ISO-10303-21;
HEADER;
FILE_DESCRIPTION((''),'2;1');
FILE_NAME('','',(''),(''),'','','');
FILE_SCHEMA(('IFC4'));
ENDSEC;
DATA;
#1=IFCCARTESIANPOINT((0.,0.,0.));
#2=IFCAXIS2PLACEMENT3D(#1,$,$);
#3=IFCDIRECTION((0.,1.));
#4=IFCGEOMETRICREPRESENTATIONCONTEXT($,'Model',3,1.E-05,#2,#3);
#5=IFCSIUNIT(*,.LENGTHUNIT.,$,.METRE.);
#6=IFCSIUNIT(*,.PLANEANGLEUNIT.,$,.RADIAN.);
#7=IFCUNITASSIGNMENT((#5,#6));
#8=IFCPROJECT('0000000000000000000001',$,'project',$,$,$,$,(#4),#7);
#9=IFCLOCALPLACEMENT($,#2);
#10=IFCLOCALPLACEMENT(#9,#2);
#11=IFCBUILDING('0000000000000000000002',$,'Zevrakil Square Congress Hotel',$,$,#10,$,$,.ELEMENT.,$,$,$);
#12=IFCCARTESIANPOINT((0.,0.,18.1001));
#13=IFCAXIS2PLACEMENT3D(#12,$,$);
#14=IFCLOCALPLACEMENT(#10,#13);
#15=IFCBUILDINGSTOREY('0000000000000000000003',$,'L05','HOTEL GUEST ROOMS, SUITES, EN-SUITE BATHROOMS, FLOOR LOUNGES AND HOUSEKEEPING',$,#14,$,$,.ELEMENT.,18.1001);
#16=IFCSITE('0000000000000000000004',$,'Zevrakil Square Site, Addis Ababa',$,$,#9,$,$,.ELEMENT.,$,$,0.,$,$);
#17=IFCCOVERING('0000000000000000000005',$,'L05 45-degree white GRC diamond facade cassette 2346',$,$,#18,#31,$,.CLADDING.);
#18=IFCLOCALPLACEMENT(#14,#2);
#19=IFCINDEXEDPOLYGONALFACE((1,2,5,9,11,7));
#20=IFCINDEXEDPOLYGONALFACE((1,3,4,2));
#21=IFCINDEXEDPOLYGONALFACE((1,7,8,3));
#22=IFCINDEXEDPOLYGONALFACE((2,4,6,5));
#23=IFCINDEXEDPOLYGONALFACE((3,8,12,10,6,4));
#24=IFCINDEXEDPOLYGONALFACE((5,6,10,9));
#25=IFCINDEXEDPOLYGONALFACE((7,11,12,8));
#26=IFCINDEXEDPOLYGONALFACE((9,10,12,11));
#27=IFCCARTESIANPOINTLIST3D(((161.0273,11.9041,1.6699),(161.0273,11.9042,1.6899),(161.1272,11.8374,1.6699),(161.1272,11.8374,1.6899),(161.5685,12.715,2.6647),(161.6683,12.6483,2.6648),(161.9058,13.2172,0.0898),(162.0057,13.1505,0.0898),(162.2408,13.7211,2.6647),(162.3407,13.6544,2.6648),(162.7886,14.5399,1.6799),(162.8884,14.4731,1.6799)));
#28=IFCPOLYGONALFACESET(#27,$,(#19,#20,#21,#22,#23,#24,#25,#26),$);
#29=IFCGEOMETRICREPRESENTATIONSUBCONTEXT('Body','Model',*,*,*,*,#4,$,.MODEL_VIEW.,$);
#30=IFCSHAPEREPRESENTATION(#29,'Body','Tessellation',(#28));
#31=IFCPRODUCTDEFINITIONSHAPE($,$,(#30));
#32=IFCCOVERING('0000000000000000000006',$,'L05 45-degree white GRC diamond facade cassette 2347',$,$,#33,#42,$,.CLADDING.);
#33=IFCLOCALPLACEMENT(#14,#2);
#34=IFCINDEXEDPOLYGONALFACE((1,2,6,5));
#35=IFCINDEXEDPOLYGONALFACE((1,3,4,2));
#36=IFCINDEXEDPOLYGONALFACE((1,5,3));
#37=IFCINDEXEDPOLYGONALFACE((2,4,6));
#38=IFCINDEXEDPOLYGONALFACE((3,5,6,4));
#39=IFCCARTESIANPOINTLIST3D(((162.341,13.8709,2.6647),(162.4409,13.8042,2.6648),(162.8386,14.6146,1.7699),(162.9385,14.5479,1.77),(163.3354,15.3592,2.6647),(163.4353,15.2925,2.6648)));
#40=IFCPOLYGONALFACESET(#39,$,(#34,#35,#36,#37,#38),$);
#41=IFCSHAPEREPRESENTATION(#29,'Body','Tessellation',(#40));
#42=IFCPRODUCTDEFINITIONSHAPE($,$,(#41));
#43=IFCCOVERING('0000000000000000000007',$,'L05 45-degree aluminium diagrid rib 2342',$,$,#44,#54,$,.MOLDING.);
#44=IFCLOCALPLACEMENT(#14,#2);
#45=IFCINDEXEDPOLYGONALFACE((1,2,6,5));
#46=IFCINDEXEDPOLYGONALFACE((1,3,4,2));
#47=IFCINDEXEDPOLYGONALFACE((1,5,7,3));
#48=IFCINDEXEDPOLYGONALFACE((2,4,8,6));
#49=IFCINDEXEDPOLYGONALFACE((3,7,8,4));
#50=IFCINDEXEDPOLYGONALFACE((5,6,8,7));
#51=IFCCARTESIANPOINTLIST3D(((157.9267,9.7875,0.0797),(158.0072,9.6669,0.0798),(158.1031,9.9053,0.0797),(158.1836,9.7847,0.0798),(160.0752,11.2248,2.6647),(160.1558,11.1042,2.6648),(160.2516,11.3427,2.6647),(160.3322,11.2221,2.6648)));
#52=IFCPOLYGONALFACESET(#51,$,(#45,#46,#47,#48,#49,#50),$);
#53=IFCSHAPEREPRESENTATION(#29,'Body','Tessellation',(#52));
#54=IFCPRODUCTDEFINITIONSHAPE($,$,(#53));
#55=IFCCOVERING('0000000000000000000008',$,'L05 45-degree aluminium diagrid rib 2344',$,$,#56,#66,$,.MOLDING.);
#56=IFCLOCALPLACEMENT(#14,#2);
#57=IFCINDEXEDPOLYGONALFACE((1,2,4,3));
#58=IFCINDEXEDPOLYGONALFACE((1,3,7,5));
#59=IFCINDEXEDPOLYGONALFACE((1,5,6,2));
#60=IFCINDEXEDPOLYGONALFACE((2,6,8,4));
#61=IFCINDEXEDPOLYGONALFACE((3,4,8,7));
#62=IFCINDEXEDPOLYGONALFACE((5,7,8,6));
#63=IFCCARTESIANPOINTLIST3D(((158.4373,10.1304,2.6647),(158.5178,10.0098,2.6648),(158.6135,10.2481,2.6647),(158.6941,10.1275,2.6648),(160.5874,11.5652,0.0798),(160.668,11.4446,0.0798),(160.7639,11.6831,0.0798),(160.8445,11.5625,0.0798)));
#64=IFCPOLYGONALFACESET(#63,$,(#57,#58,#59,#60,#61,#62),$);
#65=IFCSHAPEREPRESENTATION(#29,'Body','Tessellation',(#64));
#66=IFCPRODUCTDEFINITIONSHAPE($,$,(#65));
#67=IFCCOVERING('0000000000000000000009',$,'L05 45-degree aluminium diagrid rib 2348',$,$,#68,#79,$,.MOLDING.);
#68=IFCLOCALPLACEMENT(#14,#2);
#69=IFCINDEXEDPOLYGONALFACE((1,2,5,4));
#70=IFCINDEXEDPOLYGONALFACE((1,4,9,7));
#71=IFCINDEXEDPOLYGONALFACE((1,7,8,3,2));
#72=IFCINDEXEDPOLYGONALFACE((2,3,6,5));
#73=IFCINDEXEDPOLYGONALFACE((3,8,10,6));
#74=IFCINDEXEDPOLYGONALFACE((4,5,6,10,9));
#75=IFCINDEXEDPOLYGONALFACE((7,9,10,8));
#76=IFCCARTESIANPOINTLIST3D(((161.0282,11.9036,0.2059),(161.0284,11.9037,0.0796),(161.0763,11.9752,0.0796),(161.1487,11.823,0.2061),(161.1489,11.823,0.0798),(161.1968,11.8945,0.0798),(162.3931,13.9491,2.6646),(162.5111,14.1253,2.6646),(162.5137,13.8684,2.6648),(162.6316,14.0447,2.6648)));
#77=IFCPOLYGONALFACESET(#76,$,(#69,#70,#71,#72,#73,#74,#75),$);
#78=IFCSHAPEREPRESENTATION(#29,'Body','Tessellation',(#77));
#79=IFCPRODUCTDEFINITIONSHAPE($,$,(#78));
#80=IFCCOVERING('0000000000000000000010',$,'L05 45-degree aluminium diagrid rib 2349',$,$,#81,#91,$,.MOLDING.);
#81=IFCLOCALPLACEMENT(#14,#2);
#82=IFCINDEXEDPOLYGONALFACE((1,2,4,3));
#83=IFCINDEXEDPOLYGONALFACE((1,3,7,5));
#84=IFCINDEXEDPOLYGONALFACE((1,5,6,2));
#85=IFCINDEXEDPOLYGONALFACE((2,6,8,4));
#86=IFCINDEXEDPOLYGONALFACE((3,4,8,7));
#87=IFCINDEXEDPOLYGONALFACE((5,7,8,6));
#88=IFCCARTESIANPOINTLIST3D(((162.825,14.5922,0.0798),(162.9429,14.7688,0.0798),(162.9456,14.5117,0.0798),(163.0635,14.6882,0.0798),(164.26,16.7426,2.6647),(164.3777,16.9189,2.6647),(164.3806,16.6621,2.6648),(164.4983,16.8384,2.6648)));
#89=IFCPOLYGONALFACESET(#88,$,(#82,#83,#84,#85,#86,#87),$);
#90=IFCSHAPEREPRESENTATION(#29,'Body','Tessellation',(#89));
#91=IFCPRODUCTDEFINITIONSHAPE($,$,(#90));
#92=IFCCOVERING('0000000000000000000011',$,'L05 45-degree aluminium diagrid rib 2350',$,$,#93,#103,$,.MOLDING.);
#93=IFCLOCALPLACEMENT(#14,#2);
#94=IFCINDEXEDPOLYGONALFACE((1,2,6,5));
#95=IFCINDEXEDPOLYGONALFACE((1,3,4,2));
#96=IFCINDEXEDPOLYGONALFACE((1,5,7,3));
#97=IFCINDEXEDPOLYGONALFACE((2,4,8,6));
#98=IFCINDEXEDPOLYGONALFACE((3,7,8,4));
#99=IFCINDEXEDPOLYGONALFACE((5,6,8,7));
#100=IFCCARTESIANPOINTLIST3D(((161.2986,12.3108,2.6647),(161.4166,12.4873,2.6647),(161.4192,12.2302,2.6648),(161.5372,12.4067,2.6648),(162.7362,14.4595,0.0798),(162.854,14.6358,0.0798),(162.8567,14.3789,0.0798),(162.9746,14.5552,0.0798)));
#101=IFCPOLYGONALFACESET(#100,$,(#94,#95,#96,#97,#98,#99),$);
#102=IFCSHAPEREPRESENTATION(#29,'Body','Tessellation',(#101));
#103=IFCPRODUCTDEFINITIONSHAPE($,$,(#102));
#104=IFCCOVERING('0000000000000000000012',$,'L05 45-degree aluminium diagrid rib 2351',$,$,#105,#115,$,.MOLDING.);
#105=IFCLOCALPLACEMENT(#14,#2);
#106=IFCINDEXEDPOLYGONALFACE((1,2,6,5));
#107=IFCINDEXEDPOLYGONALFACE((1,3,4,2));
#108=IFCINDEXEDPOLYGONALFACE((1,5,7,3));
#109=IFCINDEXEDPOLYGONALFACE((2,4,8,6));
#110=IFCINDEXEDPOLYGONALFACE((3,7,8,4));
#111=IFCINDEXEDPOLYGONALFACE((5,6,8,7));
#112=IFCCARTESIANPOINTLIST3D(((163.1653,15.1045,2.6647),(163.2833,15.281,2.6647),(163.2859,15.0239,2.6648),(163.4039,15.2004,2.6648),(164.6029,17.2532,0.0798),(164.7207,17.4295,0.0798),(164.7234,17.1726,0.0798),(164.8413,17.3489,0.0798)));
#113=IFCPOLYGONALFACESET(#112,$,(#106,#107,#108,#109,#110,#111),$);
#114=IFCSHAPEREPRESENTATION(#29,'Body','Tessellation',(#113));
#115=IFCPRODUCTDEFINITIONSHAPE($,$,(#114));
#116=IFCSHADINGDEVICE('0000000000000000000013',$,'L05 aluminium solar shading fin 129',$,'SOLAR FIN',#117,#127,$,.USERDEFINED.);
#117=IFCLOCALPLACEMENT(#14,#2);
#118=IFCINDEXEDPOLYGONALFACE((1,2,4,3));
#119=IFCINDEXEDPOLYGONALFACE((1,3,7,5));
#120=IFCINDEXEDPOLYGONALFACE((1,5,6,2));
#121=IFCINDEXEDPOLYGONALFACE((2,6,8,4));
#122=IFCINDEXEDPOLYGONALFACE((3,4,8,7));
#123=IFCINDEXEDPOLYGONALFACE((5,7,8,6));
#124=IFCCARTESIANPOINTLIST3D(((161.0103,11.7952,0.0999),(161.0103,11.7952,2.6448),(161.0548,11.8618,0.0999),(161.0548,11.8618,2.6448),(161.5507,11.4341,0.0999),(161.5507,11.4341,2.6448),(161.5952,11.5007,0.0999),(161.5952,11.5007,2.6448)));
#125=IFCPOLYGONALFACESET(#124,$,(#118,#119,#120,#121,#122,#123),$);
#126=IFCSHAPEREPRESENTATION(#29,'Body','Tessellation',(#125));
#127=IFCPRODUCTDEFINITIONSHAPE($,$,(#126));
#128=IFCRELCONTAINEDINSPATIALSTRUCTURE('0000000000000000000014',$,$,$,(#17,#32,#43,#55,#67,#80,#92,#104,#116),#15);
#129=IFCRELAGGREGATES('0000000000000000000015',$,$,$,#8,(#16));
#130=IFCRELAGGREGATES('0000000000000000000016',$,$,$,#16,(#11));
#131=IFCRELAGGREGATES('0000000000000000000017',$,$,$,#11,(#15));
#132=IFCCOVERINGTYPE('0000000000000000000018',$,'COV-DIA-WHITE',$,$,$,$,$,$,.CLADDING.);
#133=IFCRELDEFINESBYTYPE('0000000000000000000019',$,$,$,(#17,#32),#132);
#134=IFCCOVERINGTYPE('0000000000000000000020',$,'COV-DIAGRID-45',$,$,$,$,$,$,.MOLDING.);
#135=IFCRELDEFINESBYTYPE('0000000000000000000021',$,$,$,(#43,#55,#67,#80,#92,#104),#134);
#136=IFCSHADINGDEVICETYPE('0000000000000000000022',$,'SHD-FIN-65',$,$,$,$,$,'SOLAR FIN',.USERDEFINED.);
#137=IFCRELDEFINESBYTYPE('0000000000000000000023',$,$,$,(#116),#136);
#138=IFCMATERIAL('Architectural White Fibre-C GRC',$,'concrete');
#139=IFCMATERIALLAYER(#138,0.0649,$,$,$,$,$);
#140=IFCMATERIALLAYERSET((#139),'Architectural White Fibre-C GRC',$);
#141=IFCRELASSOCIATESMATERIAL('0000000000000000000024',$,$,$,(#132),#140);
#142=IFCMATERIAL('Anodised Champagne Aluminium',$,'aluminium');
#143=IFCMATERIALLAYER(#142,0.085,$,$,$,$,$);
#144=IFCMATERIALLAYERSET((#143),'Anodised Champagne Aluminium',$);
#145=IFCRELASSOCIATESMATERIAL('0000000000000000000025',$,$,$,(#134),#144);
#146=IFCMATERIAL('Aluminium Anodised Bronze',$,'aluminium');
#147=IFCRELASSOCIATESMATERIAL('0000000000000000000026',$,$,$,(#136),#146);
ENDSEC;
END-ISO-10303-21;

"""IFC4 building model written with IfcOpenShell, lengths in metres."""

from ifc_helpers import new_model, si_unit, direction, frame, origin, origin_2d, place, context, subcontext, project, spatial, polyline, rectangle, outline, extrude, material, layer, layer_set, type_object, element, save


model = new_model("IFC4")

# Units and contexts
model_context = context("Model", 3, precision=1e-05, world=origin(), true_north=direction((0.0, 1.0)))
body_context = subcontext(model_context, "Body", "Model", "MODEL_VIEW")
ifc_project = project(units=[si_unit("LENGTHUNIT", "METRE"), si_unit("PLANEANGLEUNIT", "RADIAN")], contexts=[model_context])

# Site, building, storey
site_placement = place(None, origin())
site = spatial("IfcSite", under=ifc_project, at=site_placement, Name="Zevrakil Square Site, Addis Ababa", CompositionType="ELEMENT", RefElevation=0.0)
building_placement = place(site_placement, origin())
building = spatial("IfcBuilding", under=site, at=building_placement, Name="Zevrakil Square Congress Hotel", CompositionType="ELEMENT")
storey_placement = place(building_placement, frame((0.0, 0.0, 18.1001)))
storey = spatial("IfcBuildingStorey", under=building, at=storey_placement, Name="L05", Description="HOTEL GUEST ROOMS, SUITES, EN-SUITE BATHROOMS, FLOOR LOUNGES AND HOUSEKEEPING", CompositionType="ELEMENT", Elevation=18.1001)

# Coverings
ifc_material_1 = material(Name="Architectural White Fibre-C GRC", Category="concrete")
ifc_layer_1 = layer(ifc_material_1, 0.0649)
ifc_layer_set_1 = layer_set([ifc_layer_1], Name="Architectural White Fibre-C GRC")
covering_type_1 = type_object("IfcCoveringType", Name="COV-DIA-WHITE", PredefinedType="CLADDING", material=ifc_layer_set_1)
covering_1_placement = place(storey_placement, frame((162.8884, 14.4731, 1.6799), z_axis=(0.831453, -0.555594, 0.000555), x_axis=(-0.392547, -0.588157, -0.707091)))
element("IfcCovering", 1, at=covering_1_placement, inside=storey, type_object=covering_type_1, Name="L05 45-degree white GRC diamond facade cassette 2346", PredefinedType="CLADDING", context=body_context, shape_type="SweptSolid", body=[
    extrude(outline(polyline([(0.0, 0.0), (2.2488, 0.0), (2.2487, -2.2344), (2.2345, -2.2486), (0.8559, -2.2486), (0.0002, -1.393), (0.0, 0.0)])), origin(), (0.0, 0.0, -1.0), 0.1201),
])
covering_2_placement = place(storey_placement, frame((162.9385, 14.5479, 1.77), z_axis=(0.831483, -0.55555, 0.000643), x_axis=(-0.393206, -0.587687, 0.707116)))
element("IfcCovering", 2, at=covering_2_placement, inside=storey, type_object=covering_type_1, Name="L05 45-degree white GRC diamond facade cassette 2347", PredefinedType="CLADDING", context=body_context, shape_type="SweptSolid", body=[
    extrude(outline(polyline([(0.0, 0.0), (1.2654, 0.0), (-0.0003, -1.2657), (0.0, 0.0)])), origin(), (0.0, 0.0, -1.0), 0.1201),
])
ifc_material_2 = material(Name="Anodised Champagne Aluminium", Category="aluminium")
ifc_layer_2 = layer(ifc_material_2, 0.085)
ifc_layer_set_2 = layer_set([ifc_layer_2], Name="Anodised Champagne Aluminium")
covering_type_2 = type_object("IfcCoveringType", Name="COV-DIAGRID-45", PredefinedType="MOLDING", material=ifc_layer_set_2)
covering_3_placement = place(storey_placement, frame((158.1836, 9.7847, 0.0798), z_axis=(0.555364, -0.831607, 0.000813), x_axis=(-0.831607, -0.555364, -0.000001)))
element("IfcCovering", 3, at=covering_3_placement, inside=storey, type_object=covering_type_2, Name="L05 45-degree aluminium diagrid rib 2342", PredefinedType="MOLDING", context=body_context, shape_type="SweptSolid", body=[
    extrude(outline(polyline([(0.0, 0.0), (0.2121, 0.0), (-2.3729, -2.585), (-2.5851, -2.585), (0.0, 0.0)])), origin(), (0.0, 0.0, -1.0), 0.145),
])
covering_4_placement = place(storey_placement, frame((158.5178, 10.0098, 2.6648), z_axis=(0.555364, -0.831607, 0.00034), x_axis=(0.831607, 0.555364, 0.0)))
element("IfcCovering", 4, at=covering_4_placement, inside=storey, type_object=covering_type_2, Name="L05 45-degree aluminium diagrid rib 2344", PredefinedType="MOLDING", context=body_context, shape_type="SweptSolid", body=[
    extrude(outline(polyline([(0.0, 0.0), (0.2119, 0.0), (2.7972, -2.585), (2.5849, -2.585), (0.0, 0.0)])), origin(), (0.0, 0.0, -1.0), 0.145),
])
covering_5_placement = place(storey_placement, frame((161.1968, 11.8945, 0.0798), z_axis=(0.831089, -0.556138, 0.001278), x_axis=(-0.556138, -0.83109, 0.0)))
element("IfcCovering", 5, at=covering_5_placement, inside=storey, type_object=covering_type_2, Name="L05 45-degree aluminium diagrid rib 2348", PredefinedType="MOLDING", context=body_context, shape_type="SweptSolid", body=[
    extrude(outline(polyline([(0.0, 0.0), (0.0861, 0.0), (0.0862, -0.1262), (-2.3728, -2.585), (-2.5849, -2.585), (0.0, 0.0)])), origin(), (0.0, 0.0, -1.0), 0.145),
])
covering_6_placement = place(storey_placement, frame((163.0635, 14.6882, 0.0798), z_axis=(0.831607, -0.555364, 0.00034), x_axis=(-0.555364, -0.831607, 0.0)))
element("IfcCovering", 6, at=covering_6_placement, inside=storey, type_object=covering_type_2, Name="L05 45-degree aluminium diagrid rib 2349", PredefinedType="MOLDING", context=body_context, shape_type="SweptSolid", body=[
    extrude(outline(polyline([(0.0, 0.0), (0.2123, 0.0), (-2.373, -2.585), (-2.5849, -2.585), (0.0, 0.0)])), origin(), (0.0, 0.0, -1.0), 0.145),
])
for number, where, z_axis, x_axis, name in (
    (7, (161.4192, 12.2302, 2.6648), (0.831341, -0.555762, 0.000374), (0.555762, 0.831342, 0.0), "L05 45-degree aluminium diagrid rib 2350"),
    (8, (163.2859, 15.0239, 2.6648), (0.831341, -0.555762, 0.000374), (0.555762, 0.831342, 0.0), "L05 45-degree aluminium diagrid rib 2351"),
):
    element("IfcCovering", number, at=place(storey_placement, frame(where, z_axis=z_axis, x_axis=x_axis)), inside=storey, type_object=covering_type_2, Name=name, PredefinedType="MOLDING", context=body_context, shape_type="SweptSolid", body=[
        extrude(outline(polyline([(0.0, 0.0), (0.2123, 0.0), (2.7973, -2.585), (2.5852, -2.585), (0.0, 0.0)])), origin(), (0.0, 0.0, -1.0), 0.145),
    ])

# Shading device
ifc_material_3 = material(Name="Aluminium Anodised Bronze", Category="aluminium")
shading_device_type = type_object("IfcShadingDeviceType", Name="SHD-FIN-65", ElementType="SOLAR FIN", PredefinedType="USERDEFINED", material=ifc_material_3)
shading_device_placement = place(storey_placement, frame((161.3027, 11.6479, 0.0999), z_axis=(0.0, 0.0, 1.0), x_axis=(0.83147, -0.55557, 0.0)))
element("IfcShadingDevice", 9, at=shading_device_placement, inside=storey, type_object=shading_device_type, Name="L05 aluminium solar shading fin 129", ObjectType="SOLAR FIN", PredefinedType="USERDEFINED", context=body_context, shape_type="SweptSolid", body=[
    extrude(rectangle(XDim=0.6499, YDim=0.0801, at=origin_2d()), origin(), (0.0, 0.0, 1.0), 2.5449),
])

save(model, "model.ifc")
